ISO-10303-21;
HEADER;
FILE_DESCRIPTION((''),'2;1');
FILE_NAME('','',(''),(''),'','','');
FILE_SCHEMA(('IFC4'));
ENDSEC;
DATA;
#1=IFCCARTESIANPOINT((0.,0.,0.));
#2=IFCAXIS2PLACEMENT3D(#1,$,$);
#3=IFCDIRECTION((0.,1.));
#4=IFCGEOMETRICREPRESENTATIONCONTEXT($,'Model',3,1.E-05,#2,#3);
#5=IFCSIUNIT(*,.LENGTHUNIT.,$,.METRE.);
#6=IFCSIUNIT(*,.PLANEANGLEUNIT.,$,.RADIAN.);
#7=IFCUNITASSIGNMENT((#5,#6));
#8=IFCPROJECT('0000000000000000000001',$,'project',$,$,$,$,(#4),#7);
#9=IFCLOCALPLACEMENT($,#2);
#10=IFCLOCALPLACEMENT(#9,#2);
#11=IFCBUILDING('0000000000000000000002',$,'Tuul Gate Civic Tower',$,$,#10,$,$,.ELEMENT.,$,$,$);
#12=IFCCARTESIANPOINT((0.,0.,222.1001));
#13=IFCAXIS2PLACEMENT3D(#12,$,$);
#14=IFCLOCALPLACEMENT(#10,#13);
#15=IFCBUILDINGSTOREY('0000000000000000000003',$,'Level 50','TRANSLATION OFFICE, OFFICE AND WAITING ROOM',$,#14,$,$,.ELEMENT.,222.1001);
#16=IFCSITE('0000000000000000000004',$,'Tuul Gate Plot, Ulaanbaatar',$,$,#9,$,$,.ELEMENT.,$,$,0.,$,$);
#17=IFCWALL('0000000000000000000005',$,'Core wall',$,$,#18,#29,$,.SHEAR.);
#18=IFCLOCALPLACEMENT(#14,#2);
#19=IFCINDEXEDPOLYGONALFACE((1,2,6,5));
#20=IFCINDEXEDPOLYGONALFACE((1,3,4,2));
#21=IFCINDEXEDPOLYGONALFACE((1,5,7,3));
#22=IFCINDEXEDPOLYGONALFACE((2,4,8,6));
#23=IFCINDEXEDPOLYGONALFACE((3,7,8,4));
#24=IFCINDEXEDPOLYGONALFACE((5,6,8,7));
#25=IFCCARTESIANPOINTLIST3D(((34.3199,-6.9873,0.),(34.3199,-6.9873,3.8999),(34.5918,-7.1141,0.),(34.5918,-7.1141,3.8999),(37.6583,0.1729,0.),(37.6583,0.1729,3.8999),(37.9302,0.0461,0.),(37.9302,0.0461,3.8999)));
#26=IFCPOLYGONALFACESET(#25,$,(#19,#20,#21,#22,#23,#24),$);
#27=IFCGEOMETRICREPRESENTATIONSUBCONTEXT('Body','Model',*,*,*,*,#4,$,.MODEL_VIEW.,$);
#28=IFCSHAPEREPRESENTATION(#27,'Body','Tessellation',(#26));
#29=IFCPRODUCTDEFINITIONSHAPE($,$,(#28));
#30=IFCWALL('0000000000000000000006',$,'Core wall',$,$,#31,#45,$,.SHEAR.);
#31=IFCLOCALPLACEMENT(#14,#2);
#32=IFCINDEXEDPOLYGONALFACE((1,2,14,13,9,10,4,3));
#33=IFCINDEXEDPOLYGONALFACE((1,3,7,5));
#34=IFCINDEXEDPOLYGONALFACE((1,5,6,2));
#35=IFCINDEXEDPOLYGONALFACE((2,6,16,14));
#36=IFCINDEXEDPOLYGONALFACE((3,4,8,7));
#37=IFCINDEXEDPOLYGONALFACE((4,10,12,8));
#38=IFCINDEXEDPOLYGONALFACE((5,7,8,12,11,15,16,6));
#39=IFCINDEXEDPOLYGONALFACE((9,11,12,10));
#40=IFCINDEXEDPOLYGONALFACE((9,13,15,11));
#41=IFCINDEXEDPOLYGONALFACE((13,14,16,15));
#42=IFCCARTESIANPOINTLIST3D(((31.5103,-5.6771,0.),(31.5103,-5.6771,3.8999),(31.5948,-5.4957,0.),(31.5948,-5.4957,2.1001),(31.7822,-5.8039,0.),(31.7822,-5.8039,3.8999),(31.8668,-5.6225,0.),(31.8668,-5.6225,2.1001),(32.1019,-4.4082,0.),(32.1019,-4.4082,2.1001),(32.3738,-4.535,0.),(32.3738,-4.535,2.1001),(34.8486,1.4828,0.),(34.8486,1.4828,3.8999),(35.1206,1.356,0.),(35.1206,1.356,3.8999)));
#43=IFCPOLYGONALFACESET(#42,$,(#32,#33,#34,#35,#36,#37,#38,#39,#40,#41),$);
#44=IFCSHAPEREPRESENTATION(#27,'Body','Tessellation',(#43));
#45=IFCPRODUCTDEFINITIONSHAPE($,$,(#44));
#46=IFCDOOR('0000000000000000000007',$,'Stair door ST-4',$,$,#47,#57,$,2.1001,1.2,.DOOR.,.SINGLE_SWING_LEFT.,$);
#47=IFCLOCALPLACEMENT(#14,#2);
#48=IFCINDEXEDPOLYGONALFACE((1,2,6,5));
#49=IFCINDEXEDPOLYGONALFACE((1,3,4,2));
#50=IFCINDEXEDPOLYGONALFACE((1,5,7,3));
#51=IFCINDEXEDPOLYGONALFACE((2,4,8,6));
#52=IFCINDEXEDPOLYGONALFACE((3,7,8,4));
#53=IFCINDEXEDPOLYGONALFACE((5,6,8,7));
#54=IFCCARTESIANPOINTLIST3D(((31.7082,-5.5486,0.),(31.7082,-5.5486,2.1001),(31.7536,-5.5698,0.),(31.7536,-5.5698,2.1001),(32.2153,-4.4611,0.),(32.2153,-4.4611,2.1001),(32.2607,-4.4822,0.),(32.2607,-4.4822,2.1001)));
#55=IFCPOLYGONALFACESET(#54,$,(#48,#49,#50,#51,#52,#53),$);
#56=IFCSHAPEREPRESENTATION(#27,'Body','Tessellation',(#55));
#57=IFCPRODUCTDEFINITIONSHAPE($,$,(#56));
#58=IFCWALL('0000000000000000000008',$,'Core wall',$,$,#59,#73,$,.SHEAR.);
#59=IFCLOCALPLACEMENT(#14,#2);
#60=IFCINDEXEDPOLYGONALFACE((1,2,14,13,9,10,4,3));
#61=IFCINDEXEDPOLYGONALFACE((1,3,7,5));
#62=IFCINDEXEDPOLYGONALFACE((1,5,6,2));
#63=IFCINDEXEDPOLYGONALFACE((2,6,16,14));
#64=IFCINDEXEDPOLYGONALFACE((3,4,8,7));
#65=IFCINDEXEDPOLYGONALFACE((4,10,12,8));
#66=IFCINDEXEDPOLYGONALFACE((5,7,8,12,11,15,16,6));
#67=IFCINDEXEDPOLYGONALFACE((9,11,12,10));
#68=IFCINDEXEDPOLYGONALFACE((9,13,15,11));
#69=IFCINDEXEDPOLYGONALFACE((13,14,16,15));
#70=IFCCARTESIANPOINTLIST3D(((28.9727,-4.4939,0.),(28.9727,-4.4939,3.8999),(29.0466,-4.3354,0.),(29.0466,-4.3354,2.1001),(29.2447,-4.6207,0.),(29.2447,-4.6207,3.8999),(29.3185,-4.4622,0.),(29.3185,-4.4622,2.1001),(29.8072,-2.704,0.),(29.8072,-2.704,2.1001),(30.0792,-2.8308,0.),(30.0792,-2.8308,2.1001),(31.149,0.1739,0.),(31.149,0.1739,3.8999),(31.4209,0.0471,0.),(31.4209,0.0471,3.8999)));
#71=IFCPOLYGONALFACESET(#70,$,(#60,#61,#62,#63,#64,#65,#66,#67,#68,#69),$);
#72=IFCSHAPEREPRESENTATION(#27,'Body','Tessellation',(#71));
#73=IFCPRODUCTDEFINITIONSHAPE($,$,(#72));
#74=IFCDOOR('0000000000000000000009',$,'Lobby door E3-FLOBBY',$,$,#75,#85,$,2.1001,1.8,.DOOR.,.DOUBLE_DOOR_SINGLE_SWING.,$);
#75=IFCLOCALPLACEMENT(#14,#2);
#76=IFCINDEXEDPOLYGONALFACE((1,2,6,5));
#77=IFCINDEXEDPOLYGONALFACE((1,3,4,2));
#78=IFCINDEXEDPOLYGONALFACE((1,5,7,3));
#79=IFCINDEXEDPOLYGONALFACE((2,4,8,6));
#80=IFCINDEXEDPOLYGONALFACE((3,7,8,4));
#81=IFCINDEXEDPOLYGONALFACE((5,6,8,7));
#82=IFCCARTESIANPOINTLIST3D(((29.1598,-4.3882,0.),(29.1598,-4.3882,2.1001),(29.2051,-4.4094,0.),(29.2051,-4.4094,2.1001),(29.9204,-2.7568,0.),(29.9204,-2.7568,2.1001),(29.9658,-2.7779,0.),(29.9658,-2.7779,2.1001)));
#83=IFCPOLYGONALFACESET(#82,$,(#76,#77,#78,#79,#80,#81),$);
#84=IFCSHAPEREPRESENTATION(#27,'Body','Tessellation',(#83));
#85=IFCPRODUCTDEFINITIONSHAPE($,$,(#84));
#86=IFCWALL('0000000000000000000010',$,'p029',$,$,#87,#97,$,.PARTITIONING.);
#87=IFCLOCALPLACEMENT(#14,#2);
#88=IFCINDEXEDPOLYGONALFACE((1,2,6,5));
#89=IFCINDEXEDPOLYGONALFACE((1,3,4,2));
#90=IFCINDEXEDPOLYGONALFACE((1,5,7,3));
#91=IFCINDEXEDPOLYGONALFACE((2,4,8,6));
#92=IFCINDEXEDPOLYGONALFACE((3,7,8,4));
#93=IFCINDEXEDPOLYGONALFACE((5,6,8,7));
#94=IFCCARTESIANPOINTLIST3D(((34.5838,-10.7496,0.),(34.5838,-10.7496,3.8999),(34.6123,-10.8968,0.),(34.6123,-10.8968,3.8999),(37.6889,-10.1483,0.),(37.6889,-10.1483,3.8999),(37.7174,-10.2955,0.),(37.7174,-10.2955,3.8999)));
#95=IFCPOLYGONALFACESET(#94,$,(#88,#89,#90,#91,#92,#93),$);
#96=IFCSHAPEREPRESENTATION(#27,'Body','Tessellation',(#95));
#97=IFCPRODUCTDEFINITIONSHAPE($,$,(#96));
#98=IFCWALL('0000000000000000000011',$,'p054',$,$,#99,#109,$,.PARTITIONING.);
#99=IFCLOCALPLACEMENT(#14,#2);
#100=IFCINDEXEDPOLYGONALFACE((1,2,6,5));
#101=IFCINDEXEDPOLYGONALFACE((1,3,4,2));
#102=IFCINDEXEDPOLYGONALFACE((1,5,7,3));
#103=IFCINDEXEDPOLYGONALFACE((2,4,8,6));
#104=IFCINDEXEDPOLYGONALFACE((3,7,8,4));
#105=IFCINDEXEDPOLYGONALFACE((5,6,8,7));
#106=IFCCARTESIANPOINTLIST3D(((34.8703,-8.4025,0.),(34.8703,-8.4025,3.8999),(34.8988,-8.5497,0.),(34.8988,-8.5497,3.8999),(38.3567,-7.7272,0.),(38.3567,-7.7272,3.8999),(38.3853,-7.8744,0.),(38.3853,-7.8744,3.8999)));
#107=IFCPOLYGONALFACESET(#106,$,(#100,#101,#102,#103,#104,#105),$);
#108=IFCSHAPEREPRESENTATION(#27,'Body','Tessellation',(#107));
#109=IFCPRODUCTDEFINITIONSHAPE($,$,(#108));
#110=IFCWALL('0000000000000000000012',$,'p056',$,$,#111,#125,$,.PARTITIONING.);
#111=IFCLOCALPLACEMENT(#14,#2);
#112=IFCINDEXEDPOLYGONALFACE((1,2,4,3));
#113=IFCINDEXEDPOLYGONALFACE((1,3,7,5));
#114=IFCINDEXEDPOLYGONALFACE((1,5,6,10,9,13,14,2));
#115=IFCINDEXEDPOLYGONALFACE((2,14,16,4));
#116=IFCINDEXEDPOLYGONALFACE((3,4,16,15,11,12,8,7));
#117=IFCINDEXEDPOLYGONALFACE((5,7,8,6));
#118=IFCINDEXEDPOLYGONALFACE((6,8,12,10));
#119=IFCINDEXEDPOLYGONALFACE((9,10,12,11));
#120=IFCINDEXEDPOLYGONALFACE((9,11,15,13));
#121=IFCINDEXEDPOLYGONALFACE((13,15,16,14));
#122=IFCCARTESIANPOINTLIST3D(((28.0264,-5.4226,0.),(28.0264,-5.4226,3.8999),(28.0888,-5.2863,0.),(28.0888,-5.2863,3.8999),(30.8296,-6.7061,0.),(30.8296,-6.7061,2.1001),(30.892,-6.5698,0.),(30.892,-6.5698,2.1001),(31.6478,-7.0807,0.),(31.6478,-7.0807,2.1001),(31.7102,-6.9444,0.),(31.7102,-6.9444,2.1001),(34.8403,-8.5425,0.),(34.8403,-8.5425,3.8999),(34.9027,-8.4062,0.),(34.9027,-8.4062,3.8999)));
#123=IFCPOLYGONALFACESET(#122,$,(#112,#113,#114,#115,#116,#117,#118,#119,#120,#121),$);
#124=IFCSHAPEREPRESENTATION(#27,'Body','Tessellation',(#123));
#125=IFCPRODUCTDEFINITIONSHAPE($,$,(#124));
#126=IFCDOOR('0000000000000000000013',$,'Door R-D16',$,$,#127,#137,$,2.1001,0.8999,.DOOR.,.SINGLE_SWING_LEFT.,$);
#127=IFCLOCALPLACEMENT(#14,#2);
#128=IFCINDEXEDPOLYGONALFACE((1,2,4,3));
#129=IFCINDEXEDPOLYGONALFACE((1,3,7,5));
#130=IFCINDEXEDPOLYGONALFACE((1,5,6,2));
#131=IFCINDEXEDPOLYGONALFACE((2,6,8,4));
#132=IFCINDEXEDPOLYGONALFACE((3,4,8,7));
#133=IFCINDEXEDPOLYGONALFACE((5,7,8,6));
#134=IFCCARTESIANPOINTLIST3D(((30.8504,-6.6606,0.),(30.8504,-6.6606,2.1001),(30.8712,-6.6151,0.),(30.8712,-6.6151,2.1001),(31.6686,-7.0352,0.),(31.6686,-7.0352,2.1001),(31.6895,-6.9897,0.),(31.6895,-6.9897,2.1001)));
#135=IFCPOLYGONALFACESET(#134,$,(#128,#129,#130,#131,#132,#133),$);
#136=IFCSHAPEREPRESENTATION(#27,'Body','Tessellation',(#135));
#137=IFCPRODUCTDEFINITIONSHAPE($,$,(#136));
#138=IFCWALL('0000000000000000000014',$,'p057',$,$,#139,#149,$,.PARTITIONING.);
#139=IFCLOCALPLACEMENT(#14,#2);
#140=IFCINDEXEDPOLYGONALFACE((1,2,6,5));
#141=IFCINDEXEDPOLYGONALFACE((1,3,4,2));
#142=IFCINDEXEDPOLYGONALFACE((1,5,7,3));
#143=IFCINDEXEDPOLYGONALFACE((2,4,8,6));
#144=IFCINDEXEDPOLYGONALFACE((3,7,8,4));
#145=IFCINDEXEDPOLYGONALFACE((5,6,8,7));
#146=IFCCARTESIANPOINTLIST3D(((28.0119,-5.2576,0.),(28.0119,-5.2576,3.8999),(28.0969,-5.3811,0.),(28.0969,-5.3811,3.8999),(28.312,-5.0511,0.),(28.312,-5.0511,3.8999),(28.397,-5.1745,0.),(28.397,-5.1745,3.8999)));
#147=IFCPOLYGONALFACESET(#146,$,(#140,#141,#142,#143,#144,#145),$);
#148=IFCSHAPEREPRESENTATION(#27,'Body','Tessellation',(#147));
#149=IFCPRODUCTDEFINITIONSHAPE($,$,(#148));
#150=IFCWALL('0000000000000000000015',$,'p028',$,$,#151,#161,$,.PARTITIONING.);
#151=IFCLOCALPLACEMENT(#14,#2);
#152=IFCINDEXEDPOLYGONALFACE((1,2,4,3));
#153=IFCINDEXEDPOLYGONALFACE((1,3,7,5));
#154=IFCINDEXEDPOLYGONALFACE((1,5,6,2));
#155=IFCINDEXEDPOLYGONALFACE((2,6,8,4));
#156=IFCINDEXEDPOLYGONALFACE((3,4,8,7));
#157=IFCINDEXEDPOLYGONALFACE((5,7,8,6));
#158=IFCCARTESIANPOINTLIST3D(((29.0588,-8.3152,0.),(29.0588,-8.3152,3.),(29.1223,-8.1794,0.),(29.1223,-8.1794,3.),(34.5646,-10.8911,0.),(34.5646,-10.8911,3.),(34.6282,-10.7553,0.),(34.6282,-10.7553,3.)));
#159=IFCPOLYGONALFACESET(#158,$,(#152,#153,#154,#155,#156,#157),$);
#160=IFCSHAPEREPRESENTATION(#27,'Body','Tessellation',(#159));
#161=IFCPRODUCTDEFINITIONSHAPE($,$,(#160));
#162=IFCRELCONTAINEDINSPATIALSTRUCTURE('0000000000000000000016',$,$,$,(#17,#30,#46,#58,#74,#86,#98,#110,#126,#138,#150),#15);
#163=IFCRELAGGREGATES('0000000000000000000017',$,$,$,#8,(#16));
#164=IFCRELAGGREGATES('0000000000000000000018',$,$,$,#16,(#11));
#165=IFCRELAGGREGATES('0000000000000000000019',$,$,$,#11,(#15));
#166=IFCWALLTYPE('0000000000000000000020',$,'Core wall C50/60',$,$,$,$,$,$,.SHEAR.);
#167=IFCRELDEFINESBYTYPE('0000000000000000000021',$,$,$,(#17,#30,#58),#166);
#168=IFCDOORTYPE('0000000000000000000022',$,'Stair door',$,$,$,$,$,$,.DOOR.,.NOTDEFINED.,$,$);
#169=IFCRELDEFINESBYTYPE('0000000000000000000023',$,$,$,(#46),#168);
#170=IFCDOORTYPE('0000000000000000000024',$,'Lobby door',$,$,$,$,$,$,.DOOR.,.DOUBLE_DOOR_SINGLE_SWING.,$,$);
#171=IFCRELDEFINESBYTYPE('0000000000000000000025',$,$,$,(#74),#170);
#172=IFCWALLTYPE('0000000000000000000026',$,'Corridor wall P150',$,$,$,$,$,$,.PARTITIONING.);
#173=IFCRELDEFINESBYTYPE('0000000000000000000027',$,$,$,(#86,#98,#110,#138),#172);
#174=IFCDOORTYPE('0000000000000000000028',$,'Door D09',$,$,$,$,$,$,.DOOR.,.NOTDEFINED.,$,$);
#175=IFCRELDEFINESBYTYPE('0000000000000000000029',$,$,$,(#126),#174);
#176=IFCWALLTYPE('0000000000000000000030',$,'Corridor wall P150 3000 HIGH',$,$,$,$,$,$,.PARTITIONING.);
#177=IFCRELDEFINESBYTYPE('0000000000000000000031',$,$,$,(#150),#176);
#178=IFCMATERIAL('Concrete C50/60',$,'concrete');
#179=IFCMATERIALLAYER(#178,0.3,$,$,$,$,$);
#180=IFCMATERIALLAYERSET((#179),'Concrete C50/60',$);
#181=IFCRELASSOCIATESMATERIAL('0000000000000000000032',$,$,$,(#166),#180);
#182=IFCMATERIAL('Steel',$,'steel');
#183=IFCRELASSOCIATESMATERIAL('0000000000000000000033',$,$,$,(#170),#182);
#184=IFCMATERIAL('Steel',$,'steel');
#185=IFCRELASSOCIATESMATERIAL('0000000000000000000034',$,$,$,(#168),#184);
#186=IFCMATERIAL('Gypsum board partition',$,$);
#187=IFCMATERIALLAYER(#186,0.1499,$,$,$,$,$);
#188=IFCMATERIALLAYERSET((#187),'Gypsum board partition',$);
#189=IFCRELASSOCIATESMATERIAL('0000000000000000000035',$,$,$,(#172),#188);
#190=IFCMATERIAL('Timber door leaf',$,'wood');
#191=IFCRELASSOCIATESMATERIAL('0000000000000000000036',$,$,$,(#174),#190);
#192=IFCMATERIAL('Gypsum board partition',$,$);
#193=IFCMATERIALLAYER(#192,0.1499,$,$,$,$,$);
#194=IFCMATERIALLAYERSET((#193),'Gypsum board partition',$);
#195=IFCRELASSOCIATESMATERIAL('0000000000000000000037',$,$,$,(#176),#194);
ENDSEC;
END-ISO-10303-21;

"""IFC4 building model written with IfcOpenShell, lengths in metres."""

from ifc_helpers import new_model, si_unit, direction, frame, frame_2d, origin, place, context, subcontext, project, spatial, rectangle, extrude, material, layer, layer_set, type_object, element, fill, save


model = new_model("IFC4")

# Units and contexts
model_context = context("Model", 3, precision=1e-05, world=origin(), true_north=direction((0.0, 1.0)))
body_context = subcontext(model_context, "Body", "Model", "MODEL_VIEW")
ifc_project = project(units=[si_unit("LENGTHUNIT", "METRE"), si_unit("PLANEANGLEUNIT", "RADIAN")], contexts=[model_context])

# Site, building, storey
site_placement = place(None, origin())
site = spatial("IfcSite", under=ifc_project, at=site_placement, Name="Tuul Gate Plot, Ulaanbaatar", CompositionType="ELEMENT", RefElevation=0.0)
building_placement = place(site_placement, origin())
building = spatial("IfcBuilding", under=site, at=building_placement, Name="Tuul Gate Civic Tower", CompositionType="ELEMENT")
storey_placement = place(building_placement, frame((0.0, 0.0, 222.1001)))
storey = spatial("IfcBuildingStorey", under=building, at=storey_placement, Name="Level 50", Description="TRANSLATION OFFICE, OFFICE AND WAITING ROOM", CompositionType="ELEMENT", Elevation=222.1001)

# Shared definitions
ifc_material_1 = material(Name="Concrete C50/60", Category="concrete")
ifc_layer_1 = layer(ifc_material_1, 0.3)
ifc_layer_set_1 = layer_set([ifc_layer_1], Name="Concrete C50/60")
wall_type_1 = type_object("IfcWallType", Name="Core wall C50/60", PredefinedType="SHEAR", material=ifc_layer_set_1)
ifc_material_2 = material(Name="Steel", Category="steel")
door_type_1 = type_object("IfcDoorType", Name="Lobby door", OperationType="DOUBLE_DOOR_SINGLE_SWING", PredefinedType="DOOR", material=ifc_material_2)

# Wall
wall_1_placement = place(storey_placement, frame((34.4558, -7.0508, 0.0), z_axis=(0.0, 0.0, 1.0), x_axis=(0.422571, 0.90633, 0.0)))
element("IfcWall", 1, at=wall_1_placement, inside=storey, type_object=wall_type_1, Name="Core wall", PredefinedType="SHEAR", context=body_context, shape_type="SweptSolid", body=[
    extrude(rectangle(XDim=7.9001, YDim=0.3, at=frame_2d((3.9502, 0.0))), origin(), (0.0, 0.0, 1.0), 3.8999),
])

# Walls, openings, doors
wall_2_placement = place(storey_placement, frame((31.6462, -5.7405, 0.0), z_axis=(0.0, 0.0, 1.0), x_axis=(0.422583, 0.906324, 0.0)))
wall_2 = element("IfcWall", 2, at=wall_2_placement, inside=storey, type_object=wall_type_1, Name="Core wall", PredefinedType="SHEAR", context=body_context, shape_type="SweptSolid", body=[
    extrude(rectangle(XDim=7.8999, YDim=0.3, at=frame_2d((3.95, 0.0))), origin(), (0.0, 0.0, 1.0), 3.8999),
])
opening_1_placement = place(wall_2_placement, frame((0.2, 0.0, 0.0)))
opening_1 = element("IfcOpeningElement", 3, at=opening_1_placement, cuts=wall_2, PredefinedType="OPENING", context=body_context, shape_type="SweptSolid", body=[
    extrude(rectangle(XDim=1.2, YDim=2.1001, at=frame_2d((0.6001, 1.05))), frame((0.0, 0.1602, 0.0), z_axis=(0.0, -1.0, 0.0), x_axis=(1.0, 0.0, 0.0)), (0.0, 0.0, 1.0), 0.3201),
])
ifc_material_3 = material(Name="Steel", Category="steel")
door_type_2 = type_object("IfcDoorType", Name="Stair door", OperationType="NOTDEFINED", PredefinedType="DOOR", material=ifc_material_3)
door_1_placement = place(opening_1_placement, origin())
door_1 = element("IfcDoor", 4, at=door_1_placement, inside=storey, type_object=door_type_2, Name="Stair door ST-4", OperationType="SINGLE_SWING_LEFT", OverallHeight=2.1001, OverallWidth=1.2, PredefinedType="DOOR", context=body_context, shape_type="SweptSolid", body=[
    extrude(rectangle(XDim=1.2, YDim=2.1001, at=frame_2d((0.6001, 1.05))), frame((0.0, 0.0249, 0.0), z_axis=(0.0, -1.0, 0.0), x_axis=(1.0, 0.0, 0.0)), (0.0, 0.0, 1.0), 0.05),
])
fill(opening_1, door_1)
wall_3_placement = place(storey_placement, frame((29.1086, -4.5574, 0.0), z_axis=(0.0, 0.0, 1.0), x_axis=(0.422566, 0.906332, 0.0)))
wall_3 = element("IfcWall", 5, at=wall_3_placement, inside=storey, type_object=wall_type_1, Name="Core wall", PredefinedType="SHEAR", context=body_context, shape_type="SweptSolid", body=[
    extrude(rectangle(XDim=5.1501, YDim=0.3, at=frame_2d((2.5752, 0.0))), origin(), (0.0, 0.0, 1.0), 3.8999),
])
opening_2_placement = place(wall_3_placement, frame((0.175, 0.0, 0.0)))
opening_2 = element("IfcOpeningElement", 6, at=opening_2_placement, cuts=wall_3, PredefinedType="OPENING", context=body_context, shape_type="SweptSolid", body=[
    extrude(rectangle(XDim=1.8, YDim=2.1001, at=frame_2d((0.8999, 1.05))), frame((0.0, 0.1602, 0.0), z_axis=(0.0, -1.0, 0.0), x_axis=(1.0, 0.0, 0.0)), (0.0, 0.0, 1.0), 0.3201),
])
door_2_placement = place(opening_2_placement, frame((1.8, 0.0, 0.0), z_axis=(0.0, 0.0, 1.0), x_axis=(-1.0, 0.0, 0.0)))
door_2 = element("IfcDoor", 7, at=door_2_placement, inside=storey, type_object=door_type_1, Name="Lobby door E3-FLOBBY", OperationType="DOUBLE_DOOR_SINGLE_SWING", OverallHeight=2.1001, OverallWidth=1.8, PredefinedType="DOOR", context=body_context, shape_type="SweptSolid", body=[
    extrude(rectangle(XDim=1.8, YDim=2.1001, at=frame_2d((0.9001, 1.05))), frame((0.0, 0.0249, 0.0), z_axis=(0.0, -1.0, 0.0), x_axis=(1.0, 0.0, 0.0)), (0.0, 0.0, 1.0), 0.05),
])
fill(opening_2, door_2)

# Walls
ifc_material_4 = material(Name="Gypsum board partition")
ifc_layer_2 = layer(ifc_material_4, 0.1499)
ifc_layer_set_2 = layer_set([ifc_layer_2], Name="Gypsum board partition")
wall_type_2 = type_object("IfcWallType", Name="Corridor wall P150", PredefinedType="PARTITIONING", material=ifc_layer_set_2)
wall_4_placement = place(storey_placement, frame((34.5979, -10.8232, 0.0), z_axis=(0.0, 0.0, 1.0), x_axis=(0.981762, 0.190116, 0.0)))
element("IfcWall", 8, at=wall_4_placement, inside=storey, type_object=wall_type_2, Name="p029", PredefinedType="PARTITIONING", context=body_context, shape_type="SweptSolid", body=[
    extrude(rectangle(XDim=3.1628, YDim=0.1499, at=frame_2d((1.5815, 0.0))), origin(), (0.0, 0.0, 1.0), 3.8999),
])
wall_5_placement = place(storey_placement, frame((34.8845, -8.4761, 0.0), z_axis=(0.0, 0.0, 1.0), x_axis=(0.981755, 0.19015, 0.0)))
element("IfcWall", 9, at=wall_5_placement, inside=storey, type_object=wall_type_2, Name="p054", PredefinedType="PARTITIONING", context=body_context, shape_type="SweptSolid", body=[
    extrude(rectangle(XDim=3.5513, YDim=0.1499, at=frame_2d((1.7756, 0.0))), origin(), (0.0, 0.0, 1.0), 3.8999),
])

# Wall, opening, door
wall_6_placement = place(storey_placement, frame((28.0576, -5.3545, 0.0), z_axis=(0.0, 0.0, 1.0), x_axis=(0.909226, -0.416302, 0.0)))
wall_6 = element("IfcWall", 10, at=wall_6_placement, inside=storey, type_object=wall_type_2, Name="p056", PredefinedType="PARTITIONING", context=body_context, shape_type="SweptSolid", body=[
    extrude(rectangle(XDim=7.4941, YDim=0.1499, at=frame_2d((3.7471, 0.0))), origin(), (0.0, 0.0, 1.0), 3.8999),
])
opening_3_placement = place(wall_6_placement, frame((3.083, 0.0, 0.0)))
opening_3 = element("IfcOpeningElement", 11, at=opening_3_placement, cuts=wall_6, PredefinedType="OPENING", context=body_context, shape_type="SweptSolid", body=[
    extrude(rectangle(XDim=0.8999, YDim=2.1001, at=frame_2d((0.45, 1.05))), frame((0.0, 0.085, 0.0), z_axis=(0.0, -1.0, 0.0), x_axis=(1.0, 0.0, 0.0)), (0.0, 0.0, 1.0), 0.1699),
])
ifc_material_5 = material(Name="Timber door leaf", Category="wood")
door_type_3 = type_object("IfcDoorType", Name="Door D09", OperationType="NOTDEFINED", PredefinedType="DOOR", material=ifc_material_5)
door_3_placement = place(opening_3_placement, frame((0.8999, 0.0, 0.0), z_axis=(0.0, 0.0, 1.0), x_axis=(-1.0, 0.0, 0.0)))
door_3 = element("IfcDoor", 12, at=door_3_placement, inside=storey, type_object=door_type_3, Name="Door R-D16", OperationType="SINGLE_SWING_LEFT", OverallHeight=2.1001, OverallWidth=0.8999, PredefinedType="DOOR", context=body_context, shape_type="SweptSolid", body=[
    extrude(rectangle(XDim=0.8999, YDim=2.1001, at=frame_2d((0.45, 1.05))), frame((0.0, 0.0249, 0.0), z_axis=(0.0, -1.0, 0.0), x_axis=(1.0, 0.0, 0.0)), (0.0, 0.0, 1.0), 0.05),
])
fill(opening_3, door_3)

# Walls
wall_7_placement = place(storey_placement, frame((28.0544, -5.3193, 0.0), z_axis=(0.0, 0.0, 1.0), x_axis=(0.823709, 0.567012, 0.0)))
element("IfcWall", 13, at=wall_7_placement, inside=storey, type_object=wall_type_2, Name="p057", PredefinedType="PARTITIONING", context=body_context, shape_type="SweptSolid", body=[
    extrude(rectangle(XDim=0.3643, YDim=0.1499, at=frame_2d((0.1821, 0.0))), origin(), (0.0, 0.0, 1.0), 3.8999),
])
ifc_material_6 = material(Name="Gypsum board partition")
ifc_layer_3 = layer(ifc_material_6, 0.1499)
ifc_layer_set_3 = layer_set([ifc_layer_3], Name="Gypsum board partition")
wall_type_3 = type_object("IfcWallType", Name="Corridor wall P150 3000 HIGH", PredefinedType="PARTITIONING", material=ifc_layer_set_3)
wall_8_placement = place(storey_placement, frame((29.0906, -8.2473, 0.0), z_axis=(0.0, 0.0, 1.0), x_axis=(0.905771, -0.423767, 0.0)))
element("IfcWall", 14, at=wall_8_placement, inside=storey, type_object=wall_type_3, Name="p028", PredefinedType="PARTITIONING", context=body_context, shape_type="SweptSolid", body=[
    extrude(rectangle(XDim=6.0786, YDim=0.1499, at=frame_2d((3.0393, 0.0))), origin(), (0.0, 0.0, 1.0), 3.0),
])

save(model, "model.ifc")
